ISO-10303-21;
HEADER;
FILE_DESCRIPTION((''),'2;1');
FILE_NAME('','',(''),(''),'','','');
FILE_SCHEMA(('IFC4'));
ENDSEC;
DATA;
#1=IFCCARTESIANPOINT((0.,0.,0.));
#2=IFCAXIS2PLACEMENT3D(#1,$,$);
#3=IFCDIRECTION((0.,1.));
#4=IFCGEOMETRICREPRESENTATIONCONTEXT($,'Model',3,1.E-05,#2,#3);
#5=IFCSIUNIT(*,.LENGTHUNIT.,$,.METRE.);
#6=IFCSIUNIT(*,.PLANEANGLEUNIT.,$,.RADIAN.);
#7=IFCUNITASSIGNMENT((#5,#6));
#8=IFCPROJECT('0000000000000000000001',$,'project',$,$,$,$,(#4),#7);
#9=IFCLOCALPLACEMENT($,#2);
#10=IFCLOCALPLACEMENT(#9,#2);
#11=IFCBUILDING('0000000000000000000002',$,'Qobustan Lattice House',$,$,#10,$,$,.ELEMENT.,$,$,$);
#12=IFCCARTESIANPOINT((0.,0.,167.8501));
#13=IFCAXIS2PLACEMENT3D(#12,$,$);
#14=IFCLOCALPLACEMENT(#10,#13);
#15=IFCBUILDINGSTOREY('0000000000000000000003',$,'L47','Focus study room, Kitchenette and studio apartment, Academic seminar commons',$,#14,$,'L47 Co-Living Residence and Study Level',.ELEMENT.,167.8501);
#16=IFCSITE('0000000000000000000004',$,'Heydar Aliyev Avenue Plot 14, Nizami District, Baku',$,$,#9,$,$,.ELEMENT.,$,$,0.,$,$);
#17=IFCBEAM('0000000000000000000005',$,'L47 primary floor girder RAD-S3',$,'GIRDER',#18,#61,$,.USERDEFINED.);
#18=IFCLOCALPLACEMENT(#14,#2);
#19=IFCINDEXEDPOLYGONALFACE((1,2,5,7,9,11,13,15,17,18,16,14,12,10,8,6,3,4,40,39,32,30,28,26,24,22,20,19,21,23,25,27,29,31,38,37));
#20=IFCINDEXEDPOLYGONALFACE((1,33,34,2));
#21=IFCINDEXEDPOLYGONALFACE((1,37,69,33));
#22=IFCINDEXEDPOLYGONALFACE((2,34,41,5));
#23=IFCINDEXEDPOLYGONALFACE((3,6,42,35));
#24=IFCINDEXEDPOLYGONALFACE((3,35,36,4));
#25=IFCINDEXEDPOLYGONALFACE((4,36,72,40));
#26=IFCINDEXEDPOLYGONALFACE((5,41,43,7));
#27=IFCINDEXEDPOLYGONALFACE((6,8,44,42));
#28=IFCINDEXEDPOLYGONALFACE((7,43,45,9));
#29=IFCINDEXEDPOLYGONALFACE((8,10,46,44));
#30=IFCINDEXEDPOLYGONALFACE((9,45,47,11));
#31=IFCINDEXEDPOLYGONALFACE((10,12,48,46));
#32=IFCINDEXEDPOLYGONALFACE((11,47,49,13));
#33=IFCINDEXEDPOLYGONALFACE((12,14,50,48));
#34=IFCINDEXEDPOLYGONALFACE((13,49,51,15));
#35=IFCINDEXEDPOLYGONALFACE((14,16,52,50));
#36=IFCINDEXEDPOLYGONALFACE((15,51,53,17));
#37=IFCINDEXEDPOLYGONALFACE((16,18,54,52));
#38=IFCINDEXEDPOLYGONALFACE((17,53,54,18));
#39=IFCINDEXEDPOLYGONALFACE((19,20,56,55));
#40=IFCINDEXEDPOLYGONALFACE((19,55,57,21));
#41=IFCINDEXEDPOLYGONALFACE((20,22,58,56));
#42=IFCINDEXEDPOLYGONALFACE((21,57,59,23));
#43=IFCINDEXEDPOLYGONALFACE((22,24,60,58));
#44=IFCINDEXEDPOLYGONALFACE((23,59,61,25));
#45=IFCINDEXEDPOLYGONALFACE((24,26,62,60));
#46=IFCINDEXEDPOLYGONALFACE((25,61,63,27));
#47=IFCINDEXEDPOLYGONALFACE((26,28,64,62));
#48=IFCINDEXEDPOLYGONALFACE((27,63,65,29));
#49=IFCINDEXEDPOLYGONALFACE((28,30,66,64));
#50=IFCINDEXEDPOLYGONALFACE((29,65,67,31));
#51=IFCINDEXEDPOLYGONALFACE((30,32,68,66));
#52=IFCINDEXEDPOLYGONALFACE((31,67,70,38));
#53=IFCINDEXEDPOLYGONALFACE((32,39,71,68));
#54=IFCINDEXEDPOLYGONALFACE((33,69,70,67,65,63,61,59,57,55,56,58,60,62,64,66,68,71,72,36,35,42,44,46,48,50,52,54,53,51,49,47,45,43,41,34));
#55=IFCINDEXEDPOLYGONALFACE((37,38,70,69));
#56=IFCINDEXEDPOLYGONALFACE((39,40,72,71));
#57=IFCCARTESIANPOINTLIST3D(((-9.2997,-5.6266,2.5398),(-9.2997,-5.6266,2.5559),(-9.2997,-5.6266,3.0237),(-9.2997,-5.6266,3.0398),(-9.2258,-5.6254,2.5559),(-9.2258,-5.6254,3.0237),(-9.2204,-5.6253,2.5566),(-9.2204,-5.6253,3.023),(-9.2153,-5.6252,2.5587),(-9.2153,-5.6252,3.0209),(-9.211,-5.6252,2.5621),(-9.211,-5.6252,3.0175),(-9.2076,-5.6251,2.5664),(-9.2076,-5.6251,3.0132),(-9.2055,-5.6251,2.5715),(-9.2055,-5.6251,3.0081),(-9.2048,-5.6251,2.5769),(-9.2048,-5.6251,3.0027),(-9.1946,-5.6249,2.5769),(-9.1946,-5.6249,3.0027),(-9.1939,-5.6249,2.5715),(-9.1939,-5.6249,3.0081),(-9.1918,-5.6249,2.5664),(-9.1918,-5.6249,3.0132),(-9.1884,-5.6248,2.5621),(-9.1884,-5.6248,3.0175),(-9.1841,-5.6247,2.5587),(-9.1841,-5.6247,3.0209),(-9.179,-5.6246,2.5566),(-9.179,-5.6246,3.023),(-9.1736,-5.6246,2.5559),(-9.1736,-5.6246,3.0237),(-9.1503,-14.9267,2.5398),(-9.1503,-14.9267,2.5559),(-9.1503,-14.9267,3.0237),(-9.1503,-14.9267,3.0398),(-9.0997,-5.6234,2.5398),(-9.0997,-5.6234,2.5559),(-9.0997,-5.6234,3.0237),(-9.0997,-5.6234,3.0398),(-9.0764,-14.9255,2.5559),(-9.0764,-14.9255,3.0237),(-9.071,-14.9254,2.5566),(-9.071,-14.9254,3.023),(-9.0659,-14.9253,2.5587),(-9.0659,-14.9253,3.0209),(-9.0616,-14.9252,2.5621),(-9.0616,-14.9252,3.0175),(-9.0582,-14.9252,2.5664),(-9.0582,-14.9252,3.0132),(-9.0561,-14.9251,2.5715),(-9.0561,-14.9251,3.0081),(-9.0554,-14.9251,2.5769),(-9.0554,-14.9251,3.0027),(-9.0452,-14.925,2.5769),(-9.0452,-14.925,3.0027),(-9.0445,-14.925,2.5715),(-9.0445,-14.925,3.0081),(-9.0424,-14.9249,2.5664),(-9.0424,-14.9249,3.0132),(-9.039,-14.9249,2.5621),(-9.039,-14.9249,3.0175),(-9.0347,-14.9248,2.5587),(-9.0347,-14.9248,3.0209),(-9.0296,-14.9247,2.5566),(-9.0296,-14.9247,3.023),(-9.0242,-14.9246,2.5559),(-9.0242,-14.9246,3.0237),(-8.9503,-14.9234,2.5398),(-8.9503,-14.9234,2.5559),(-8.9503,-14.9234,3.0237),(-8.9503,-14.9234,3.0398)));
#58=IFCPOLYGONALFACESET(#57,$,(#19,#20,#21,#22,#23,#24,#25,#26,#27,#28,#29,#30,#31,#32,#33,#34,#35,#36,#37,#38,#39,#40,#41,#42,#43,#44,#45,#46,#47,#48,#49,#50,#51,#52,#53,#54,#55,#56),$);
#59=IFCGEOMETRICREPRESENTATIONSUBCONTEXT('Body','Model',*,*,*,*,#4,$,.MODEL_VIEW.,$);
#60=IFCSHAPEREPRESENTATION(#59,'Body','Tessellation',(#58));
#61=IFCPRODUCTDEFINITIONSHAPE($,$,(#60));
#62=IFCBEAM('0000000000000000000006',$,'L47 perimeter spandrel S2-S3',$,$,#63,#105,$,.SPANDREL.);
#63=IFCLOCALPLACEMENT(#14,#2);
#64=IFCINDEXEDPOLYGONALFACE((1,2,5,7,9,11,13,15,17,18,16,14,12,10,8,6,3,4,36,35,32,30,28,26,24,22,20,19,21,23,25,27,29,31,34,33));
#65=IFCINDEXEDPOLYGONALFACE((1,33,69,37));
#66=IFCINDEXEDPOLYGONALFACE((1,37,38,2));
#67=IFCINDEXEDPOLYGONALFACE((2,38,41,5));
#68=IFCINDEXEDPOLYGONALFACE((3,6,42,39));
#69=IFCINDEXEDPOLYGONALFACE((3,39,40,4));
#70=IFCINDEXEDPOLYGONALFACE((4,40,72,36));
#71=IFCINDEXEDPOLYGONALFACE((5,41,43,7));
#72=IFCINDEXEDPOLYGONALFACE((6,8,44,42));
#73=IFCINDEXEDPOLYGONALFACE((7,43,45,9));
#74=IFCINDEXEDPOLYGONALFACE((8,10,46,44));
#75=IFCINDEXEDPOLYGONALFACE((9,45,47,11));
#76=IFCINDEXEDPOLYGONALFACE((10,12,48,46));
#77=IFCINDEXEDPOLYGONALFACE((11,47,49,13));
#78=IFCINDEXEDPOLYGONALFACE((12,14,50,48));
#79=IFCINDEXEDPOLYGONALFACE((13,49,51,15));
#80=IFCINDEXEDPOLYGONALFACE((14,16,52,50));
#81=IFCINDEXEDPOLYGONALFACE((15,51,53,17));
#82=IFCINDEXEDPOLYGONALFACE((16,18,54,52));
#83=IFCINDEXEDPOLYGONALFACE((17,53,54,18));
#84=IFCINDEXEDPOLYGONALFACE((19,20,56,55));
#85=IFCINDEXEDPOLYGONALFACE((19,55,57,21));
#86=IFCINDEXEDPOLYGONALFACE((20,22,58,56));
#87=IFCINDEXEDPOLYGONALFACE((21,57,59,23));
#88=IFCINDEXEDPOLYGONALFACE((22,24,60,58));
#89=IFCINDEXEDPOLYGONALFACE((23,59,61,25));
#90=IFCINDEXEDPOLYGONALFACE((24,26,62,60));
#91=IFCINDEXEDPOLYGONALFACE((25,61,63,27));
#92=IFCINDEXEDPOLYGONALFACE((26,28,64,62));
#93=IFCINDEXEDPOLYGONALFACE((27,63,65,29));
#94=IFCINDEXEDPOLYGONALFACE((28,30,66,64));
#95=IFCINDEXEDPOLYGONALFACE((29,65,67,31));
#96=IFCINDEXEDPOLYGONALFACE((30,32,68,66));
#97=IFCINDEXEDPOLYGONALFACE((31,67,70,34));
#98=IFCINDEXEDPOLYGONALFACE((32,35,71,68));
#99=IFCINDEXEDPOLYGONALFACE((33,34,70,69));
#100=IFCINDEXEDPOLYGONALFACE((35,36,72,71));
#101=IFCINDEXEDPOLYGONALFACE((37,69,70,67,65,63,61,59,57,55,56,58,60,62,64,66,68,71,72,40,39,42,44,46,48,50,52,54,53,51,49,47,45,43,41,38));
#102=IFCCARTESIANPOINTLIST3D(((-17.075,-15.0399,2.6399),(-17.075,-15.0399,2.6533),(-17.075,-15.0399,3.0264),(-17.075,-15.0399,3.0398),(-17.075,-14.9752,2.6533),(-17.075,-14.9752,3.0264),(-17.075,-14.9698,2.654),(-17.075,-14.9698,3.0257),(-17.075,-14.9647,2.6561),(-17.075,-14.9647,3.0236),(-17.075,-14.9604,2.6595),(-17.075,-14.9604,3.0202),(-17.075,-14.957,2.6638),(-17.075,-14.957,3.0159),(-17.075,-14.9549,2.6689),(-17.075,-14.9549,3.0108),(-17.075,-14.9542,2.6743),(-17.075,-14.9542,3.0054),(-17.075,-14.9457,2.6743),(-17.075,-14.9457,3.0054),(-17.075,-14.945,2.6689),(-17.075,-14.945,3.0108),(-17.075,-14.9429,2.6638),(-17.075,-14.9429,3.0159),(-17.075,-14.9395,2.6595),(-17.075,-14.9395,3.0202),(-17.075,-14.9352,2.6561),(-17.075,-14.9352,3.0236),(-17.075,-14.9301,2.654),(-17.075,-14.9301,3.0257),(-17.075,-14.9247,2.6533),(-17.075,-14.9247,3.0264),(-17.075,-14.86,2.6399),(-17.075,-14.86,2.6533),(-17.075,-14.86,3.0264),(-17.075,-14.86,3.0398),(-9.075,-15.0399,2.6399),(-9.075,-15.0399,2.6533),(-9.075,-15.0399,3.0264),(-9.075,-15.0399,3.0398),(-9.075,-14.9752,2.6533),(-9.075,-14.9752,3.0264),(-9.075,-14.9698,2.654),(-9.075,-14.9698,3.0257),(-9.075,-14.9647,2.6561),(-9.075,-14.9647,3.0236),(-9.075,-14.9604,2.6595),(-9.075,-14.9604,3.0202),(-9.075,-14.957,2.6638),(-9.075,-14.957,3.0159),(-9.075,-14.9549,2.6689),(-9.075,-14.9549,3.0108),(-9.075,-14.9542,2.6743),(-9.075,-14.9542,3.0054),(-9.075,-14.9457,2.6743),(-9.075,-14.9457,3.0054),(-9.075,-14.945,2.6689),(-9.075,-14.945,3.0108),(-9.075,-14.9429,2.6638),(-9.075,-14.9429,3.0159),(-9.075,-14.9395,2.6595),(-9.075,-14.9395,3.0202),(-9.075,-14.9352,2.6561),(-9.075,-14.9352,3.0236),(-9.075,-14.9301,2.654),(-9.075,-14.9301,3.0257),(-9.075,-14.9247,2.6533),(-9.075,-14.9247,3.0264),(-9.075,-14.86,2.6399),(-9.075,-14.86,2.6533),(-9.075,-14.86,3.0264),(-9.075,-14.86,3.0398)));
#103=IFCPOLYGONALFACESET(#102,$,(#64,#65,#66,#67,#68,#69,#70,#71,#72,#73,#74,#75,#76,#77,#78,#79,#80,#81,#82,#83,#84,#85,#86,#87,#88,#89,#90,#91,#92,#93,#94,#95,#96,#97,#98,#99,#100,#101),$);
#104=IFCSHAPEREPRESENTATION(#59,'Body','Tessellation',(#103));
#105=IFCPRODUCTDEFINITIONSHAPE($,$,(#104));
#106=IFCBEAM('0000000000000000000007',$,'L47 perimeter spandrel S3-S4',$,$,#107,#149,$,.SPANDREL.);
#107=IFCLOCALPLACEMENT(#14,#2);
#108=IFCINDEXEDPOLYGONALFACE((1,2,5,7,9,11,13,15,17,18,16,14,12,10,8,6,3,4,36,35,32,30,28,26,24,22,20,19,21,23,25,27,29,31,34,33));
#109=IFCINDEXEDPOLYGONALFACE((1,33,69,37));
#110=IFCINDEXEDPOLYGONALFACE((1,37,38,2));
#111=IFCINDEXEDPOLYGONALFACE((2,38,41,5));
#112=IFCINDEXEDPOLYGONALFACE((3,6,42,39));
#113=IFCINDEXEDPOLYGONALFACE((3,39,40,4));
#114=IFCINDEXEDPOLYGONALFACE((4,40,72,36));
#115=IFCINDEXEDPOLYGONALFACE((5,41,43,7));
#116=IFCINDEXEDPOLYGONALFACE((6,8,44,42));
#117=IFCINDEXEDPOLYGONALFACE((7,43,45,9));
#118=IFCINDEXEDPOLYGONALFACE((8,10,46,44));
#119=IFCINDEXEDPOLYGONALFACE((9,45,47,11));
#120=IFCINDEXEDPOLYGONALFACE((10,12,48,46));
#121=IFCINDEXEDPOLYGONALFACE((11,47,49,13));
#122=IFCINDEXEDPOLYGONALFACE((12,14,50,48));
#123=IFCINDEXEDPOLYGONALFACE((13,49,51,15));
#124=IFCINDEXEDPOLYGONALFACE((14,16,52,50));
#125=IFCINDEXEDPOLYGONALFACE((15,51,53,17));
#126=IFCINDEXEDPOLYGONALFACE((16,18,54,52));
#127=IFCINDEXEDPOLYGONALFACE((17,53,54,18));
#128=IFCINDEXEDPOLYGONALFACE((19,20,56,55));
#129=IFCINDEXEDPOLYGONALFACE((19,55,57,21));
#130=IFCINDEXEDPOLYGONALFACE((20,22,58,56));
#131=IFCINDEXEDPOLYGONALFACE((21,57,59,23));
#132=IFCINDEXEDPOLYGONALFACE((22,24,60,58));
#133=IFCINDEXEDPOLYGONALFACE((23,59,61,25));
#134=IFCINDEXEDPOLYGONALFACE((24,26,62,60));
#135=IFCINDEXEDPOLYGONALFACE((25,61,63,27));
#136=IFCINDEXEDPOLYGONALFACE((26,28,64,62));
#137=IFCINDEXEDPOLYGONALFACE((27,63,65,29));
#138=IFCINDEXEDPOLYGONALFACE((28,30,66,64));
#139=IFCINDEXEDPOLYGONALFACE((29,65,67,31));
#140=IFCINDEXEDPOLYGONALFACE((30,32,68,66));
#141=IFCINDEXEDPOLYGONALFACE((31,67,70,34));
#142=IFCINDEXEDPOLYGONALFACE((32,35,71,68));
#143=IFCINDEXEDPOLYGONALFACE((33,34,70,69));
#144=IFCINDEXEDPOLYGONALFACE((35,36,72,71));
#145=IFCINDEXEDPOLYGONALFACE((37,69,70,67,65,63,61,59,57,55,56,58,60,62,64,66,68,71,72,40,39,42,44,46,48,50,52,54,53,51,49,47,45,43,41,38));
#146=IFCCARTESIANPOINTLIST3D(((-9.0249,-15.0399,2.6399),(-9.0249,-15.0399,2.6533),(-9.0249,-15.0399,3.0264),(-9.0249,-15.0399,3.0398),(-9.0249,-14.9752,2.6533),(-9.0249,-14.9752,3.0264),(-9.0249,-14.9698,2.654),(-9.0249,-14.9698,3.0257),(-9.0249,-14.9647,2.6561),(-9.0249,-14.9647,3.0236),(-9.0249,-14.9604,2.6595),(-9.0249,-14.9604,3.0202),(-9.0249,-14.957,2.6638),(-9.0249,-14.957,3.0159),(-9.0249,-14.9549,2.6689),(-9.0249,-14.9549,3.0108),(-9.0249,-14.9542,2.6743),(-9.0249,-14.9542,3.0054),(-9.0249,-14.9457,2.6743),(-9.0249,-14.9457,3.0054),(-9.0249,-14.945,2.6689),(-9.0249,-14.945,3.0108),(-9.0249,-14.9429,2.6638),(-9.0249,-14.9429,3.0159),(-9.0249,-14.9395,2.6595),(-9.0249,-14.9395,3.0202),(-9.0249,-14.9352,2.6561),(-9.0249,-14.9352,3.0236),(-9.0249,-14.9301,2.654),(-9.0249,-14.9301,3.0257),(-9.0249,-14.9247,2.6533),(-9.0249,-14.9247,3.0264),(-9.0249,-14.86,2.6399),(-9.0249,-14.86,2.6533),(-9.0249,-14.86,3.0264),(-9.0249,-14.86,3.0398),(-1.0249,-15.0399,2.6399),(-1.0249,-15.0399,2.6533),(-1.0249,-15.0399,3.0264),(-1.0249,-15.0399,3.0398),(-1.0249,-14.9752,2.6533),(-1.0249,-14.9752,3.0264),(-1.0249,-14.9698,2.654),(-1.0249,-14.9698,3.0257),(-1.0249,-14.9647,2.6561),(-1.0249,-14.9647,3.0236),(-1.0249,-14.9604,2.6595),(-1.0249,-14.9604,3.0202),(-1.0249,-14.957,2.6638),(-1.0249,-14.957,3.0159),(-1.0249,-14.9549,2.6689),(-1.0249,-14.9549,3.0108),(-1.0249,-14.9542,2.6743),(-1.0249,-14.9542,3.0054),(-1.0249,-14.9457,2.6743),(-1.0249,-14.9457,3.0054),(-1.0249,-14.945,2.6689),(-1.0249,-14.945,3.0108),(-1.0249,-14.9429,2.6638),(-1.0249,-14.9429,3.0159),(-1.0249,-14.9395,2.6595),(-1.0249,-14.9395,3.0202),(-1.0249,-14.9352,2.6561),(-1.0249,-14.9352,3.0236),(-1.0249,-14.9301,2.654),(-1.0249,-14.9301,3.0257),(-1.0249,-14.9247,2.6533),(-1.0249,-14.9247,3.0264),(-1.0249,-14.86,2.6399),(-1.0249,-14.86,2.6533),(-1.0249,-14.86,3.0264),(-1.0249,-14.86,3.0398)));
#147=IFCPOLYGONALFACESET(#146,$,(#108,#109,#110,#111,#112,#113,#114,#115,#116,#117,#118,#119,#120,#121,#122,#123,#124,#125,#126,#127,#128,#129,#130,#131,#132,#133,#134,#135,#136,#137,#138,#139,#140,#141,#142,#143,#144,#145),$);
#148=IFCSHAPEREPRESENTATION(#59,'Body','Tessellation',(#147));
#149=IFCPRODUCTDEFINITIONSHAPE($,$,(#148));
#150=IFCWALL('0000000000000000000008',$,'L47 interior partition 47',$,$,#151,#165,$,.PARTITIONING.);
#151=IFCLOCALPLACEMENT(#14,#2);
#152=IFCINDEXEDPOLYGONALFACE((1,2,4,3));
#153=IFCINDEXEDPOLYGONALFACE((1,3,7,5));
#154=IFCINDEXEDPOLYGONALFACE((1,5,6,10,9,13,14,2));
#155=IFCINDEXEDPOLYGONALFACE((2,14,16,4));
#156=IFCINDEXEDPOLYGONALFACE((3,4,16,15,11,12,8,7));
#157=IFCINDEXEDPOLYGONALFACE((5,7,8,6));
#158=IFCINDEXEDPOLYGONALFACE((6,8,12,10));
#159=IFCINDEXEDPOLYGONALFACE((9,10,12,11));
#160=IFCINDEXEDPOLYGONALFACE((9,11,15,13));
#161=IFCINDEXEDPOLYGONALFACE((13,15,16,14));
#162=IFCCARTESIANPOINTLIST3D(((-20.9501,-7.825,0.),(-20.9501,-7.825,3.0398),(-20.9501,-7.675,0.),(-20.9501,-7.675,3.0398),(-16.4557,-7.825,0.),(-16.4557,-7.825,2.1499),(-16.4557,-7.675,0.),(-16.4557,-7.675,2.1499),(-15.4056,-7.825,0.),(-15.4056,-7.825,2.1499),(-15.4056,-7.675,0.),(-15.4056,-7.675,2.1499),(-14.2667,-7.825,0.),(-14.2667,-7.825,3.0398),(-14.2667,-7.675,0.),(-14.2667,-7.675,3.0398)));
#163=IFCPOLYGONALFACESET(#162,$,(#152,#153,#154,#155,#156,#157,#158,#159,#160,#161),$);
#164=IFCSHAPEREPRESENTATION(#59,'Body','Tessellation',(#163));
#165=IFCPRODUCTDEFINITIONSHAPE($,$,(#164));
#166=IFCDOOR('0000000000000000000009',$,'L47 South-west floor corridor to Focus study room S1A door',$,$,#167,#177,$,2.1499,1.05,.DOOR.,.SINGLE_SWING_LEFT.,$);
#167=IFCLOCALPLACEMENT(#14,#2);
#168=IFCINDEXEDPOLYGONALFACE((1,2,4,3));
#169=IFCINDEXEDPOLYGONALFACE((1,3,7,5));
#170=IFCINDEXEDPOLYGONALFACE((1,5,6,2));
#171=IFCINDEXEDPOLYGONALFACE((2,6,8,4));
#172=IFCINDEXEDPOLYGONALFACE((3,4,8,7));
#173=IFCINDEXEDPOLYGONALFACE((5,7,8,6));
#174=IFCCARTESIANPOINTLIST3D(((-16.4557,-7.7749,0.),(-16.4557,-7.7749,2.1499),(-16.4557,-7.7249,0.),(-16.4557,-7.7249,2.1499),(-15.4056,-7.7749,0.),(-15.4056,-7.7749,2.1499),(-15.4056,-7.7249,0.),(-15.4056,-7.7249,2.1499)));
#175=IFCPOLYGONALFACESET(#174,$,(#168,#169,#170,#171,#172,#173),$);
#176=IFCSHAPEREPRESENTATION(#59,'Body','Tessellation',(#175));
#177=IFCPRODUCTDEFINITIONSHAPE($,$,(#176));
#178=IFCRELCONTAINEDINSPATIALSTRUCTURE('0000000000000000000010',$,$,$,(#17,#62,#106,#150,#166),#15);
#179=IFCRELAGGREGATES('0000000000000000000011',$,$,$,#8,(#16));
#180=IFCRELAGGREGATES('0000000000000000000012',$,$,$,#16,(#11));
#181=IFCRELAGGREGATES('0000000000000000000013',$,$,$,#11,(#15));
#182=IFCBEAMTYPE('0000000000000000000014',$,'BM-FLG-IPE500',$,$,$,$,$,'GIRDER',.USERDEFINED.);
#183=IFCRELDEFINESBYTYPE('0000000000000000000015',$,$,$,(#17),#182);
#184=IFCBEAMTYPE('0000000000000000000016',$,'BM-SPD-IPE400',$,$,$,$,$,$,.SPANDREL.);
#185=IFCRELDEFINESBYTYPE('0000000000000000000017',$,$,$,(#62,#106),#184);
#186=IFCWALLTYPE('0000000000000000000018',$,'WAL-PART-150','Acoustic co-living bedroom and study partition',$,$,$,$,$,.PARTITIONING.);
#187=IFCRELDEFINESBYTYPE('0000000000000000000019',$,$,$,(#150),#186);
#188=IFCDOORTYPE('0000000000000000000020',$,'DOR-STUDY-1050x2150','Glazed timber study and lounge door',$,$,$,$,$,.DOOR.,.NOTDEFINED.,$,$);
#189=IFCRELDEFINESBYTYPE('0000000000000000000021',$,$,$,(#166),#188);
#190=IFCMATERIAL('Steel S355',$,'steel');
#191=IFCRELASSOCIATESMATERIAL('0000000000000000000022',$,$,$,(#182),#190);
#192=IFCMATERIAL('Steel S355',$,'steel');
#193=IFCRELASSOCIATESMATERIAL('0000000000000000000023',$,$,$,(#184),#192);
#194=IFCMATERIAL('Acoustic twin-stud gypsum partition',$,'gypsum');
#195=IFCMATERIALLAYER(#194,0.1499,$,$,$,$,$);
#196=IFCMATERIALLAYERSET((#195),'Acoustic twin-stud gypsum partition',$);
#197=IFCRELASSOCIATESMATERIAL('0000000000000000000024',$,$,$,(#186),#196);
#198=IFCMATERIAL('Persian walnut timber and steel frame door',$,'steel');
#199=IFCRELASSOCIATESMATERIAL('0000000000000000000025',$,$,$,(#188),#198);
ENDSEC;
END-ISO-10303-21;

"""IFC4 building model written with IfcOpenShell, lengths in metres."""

from ifc_helpers import new_model, si_unit, direction, frame, frame_2d, origin, origin_2d, place, context, subcontext, project, spatial, rectangle, i_section, extrude, material, layer, layer_set, material_profile, profile_set, type_object, element, fill, save


model = new_model("IFC4")

# Units and contexts
model_context = context("Model", 3, precision=1e-05, world=origin(), true_north=direction((0.0, 1.0)))
body_context = subcontext(model_context, "Body", "Model", "MODEL_VIEW")
ifc_project = project(units=[si_unit("LENGTHUNIT", "METRE"), si_unit("PLANEANGLEUNIT", "RADIAN")], contexts=[model_context])

# Site, building, storey
site_placement = place(None, origin())
site = spatial("IfcSite", under=ifc_project, at=site_placement, Name="Heydar Aliyev Avenue Plot 14, Nizami District, Baku", CompositionType="ELEMENT", RefElevation=0.0)
building_placement = place(site_placement, origin())
building = spatial("IfcBuilding", under=site, at=building_placement, Name="Qobustan Lattice House", CompositionType="ELEMENT")
storey_placement = place(building_placement, frame((0.0, 0.0, 167.8501)))
storey = spatial("IfcBuildingStorey", under=building, at=storey_placement, Name="L47", Description="Focus study room, Kitchenette and studio apartment, Academic seminar commons", LongName="L47 Co-Living Residence and Study Level", CompositionType="ELEMENT", Elevation=167.8501)

# Beams
ifc_material_1 = material(Name="Steel S355", Category="steel")
ifc_material_profile_1 = material_profile(ifc_material_1, i_section(OverallWidth=0.2, OverallDepth=0.5, WebThickness=0.0103, FlangeThickness=0.0161, FilletRadius=0.021, at=origin_2d()), Name="IPE500")
ifc_profile_set_1 = profile_set([ifc_material_profile_1], Name="Steel S355")
beam_type_1 = type_object("IfcBeamType", Name="BM-FLG-IPE500", ElementType="GIRDER", PredefinedType="USERDEFINED", material=ifc_profile_set_1)
beam_1_placement = place(storey_placement, frame((-9.0503, -14.925, 2.7898), z_axis=(-0.016064, 0.999871, 0.0), x_axis=(-0.999871, -0.016064, 0.0)))
element("IfcBeam", 1, at=beam_1_placement, inside=storey, type_object=beam_type_1, Name="L47 primary floor girder RAD-S3", ObjectType="GIRDER", PredefinedType="USERDEFINED", context=body_context, shape_type="SweptSolid", body=[
    extrude(i_section(OverallWidth=0.2, OverallDepth=0.5, WebThickness=0.0103, FlangeThickness=0.0161, FilletRadius=0.021, at=origin_2d()), origin(), (0.0, 0.0, 1.0), 9.3013),
])
ifc_material_2 = material(Name="Steel S355", Category="steel")
ifc_material_profile_2 = material_profile(ifc_material_2, i_section(OverallWidth=0.1799, OverallDepth=0.3999, WebThickness=0.0085, FlangeThickness=0.0134, FilletRadius=0.021, at=origin_2d()), Name="IPE400")
ifc_profile_set_2 = profile_set([ifc_material_profile_2], Name="Steel S355")
beam_type_2 = type_object("IfcBeamType", Name="BM-SPD-IPE400", PredefinedType="SPANDREL", material=ifc_profile_set_2)
for number, where, z_axis, x_axis, name in (
    (2, (-17.075, -14.95, 2.8398), (1.0, 0.0, 0.0), (0.0, 1.0, 0.0), "L47 perimeter spandrel S2-S3"),
    (3, (-9.0249, -14.95, 2.8398), (1.0, 0.0, 0.0), (0.0, 1.0, 0.0), "L47 perimeter spandrel S3-S4"),
):
    element("IfcBeam", number, at=place(storey_placement, frame(where, z_axis=z_axis, x_axis=x_axis)), inside=storey, type_object=beam_type_2, Name=name, PredefinedType="SPANDREL", context=body_context, shape_type="SweptSolid", body=[
        extrude(i_section(OverallWidth=0.1799, OverallDepth=0.3999, WebThickness=0.0085, FlangeThickness=0.0134, FilletRadius=0.021, at=origin_2d()), origin(), (0.0, 0.0, 1.0), 8.0),
    ])

# Wall, opening, door
ifc_material_3 = material(Name="Acoustic twin-stud gypsum partition", Category="gypsum")
ifc_layer_1 = layer(ifc_material_3, 0.1499)
ifc_layer_set_1 = layer_set([ifc_layer_1], Name="Acoustic twin-stud gypsum partition")
wall_type_1 = type_object("IfcWallType", Name="WAL-PART-150", Description="Acoustic co-living bedroom and study partition", PredefinedType="PARTITIONING", material=ifc_layer_set_1)
wall_1_placement = place(storey_placement, frame((-14.2666, -7.75, 0.0), z_axis=(0.0, 0.0, 1.0), x_axis=(-1.0, 0.0, 0.0)))
wall_1 = element("IfcWall", 4, at=wall_1_placement, inside=storey, type_object=wall_type_1, Name="L47 interior partition 47", PredefinedType="PARTITIONING", context=body_context, shape_type="SweptSolid", body=[
    extrude(rectangle(XDim=6.6833, YDim=0.1499, at=frame_2d((3.3418, 0.0))), origin(), (0.0, 0.0, 1.0), 3.0398),
])
opening_1_placement = place(wall_1_placement, frame((1.1392, 0.0, 0.0)))
opening_1 = element("IfcOpeningElement", 5, at=opening_1_placement, cuts=wall_1, PredefinedType="OPENING", context=body_context, shape_type="SweptSolid", body=[
    extrude(rectangle(XDim=1.05, YDim=2.1499, at=frame_2d((0.5249, 1.075))), frame((0.0, 0.085, 0.0), z_axis=(0.0, -1.0, 0.0), x_axis=(1.0, 0.0, 0.0)), (0.0, 0.0, 1.0), 0.1699),
])
ifc_material_4 = material(Name="Persian walnut timber and steel frame door", Category="steel")
door_type_1 = type_object("IfcDoorType", Name="DOR-STUDY-1050x2150", Description="Glazed timber study and lounge door", OperationType="NOTDEFINED", PredefinedType="DOOR", material=ifc_material_4)
door_1_placement = place(opening_1_placement, origin())
door_1 = element("IfcDoor", 6, at=door_1_placement, inside=storey, type_object=door_type_1, Name="L47 South-west floor corridor to Focus study room S1A door", OperationType="SINGLE_SWING_LEFT", OverallHeight=2.1499, OverallWidth=1.05, PredefinedType="DOOR", context=body_context, shape_type="SweptSolid", body=[
    extrude(rectangle(XDim=1.05, YDim=2.1499, at=frame_2d((0.5249, 1.075))), frame((0.0, 0.0249, 0.0), z_axis=(0.0, -1.0, 0.0), x_axis=(1.0, 0.0, 0.0)), (0.0, 0.0, 1.0), 0.05),
])
fill(opening_1, door_1)

save(model, "model.ifc")
